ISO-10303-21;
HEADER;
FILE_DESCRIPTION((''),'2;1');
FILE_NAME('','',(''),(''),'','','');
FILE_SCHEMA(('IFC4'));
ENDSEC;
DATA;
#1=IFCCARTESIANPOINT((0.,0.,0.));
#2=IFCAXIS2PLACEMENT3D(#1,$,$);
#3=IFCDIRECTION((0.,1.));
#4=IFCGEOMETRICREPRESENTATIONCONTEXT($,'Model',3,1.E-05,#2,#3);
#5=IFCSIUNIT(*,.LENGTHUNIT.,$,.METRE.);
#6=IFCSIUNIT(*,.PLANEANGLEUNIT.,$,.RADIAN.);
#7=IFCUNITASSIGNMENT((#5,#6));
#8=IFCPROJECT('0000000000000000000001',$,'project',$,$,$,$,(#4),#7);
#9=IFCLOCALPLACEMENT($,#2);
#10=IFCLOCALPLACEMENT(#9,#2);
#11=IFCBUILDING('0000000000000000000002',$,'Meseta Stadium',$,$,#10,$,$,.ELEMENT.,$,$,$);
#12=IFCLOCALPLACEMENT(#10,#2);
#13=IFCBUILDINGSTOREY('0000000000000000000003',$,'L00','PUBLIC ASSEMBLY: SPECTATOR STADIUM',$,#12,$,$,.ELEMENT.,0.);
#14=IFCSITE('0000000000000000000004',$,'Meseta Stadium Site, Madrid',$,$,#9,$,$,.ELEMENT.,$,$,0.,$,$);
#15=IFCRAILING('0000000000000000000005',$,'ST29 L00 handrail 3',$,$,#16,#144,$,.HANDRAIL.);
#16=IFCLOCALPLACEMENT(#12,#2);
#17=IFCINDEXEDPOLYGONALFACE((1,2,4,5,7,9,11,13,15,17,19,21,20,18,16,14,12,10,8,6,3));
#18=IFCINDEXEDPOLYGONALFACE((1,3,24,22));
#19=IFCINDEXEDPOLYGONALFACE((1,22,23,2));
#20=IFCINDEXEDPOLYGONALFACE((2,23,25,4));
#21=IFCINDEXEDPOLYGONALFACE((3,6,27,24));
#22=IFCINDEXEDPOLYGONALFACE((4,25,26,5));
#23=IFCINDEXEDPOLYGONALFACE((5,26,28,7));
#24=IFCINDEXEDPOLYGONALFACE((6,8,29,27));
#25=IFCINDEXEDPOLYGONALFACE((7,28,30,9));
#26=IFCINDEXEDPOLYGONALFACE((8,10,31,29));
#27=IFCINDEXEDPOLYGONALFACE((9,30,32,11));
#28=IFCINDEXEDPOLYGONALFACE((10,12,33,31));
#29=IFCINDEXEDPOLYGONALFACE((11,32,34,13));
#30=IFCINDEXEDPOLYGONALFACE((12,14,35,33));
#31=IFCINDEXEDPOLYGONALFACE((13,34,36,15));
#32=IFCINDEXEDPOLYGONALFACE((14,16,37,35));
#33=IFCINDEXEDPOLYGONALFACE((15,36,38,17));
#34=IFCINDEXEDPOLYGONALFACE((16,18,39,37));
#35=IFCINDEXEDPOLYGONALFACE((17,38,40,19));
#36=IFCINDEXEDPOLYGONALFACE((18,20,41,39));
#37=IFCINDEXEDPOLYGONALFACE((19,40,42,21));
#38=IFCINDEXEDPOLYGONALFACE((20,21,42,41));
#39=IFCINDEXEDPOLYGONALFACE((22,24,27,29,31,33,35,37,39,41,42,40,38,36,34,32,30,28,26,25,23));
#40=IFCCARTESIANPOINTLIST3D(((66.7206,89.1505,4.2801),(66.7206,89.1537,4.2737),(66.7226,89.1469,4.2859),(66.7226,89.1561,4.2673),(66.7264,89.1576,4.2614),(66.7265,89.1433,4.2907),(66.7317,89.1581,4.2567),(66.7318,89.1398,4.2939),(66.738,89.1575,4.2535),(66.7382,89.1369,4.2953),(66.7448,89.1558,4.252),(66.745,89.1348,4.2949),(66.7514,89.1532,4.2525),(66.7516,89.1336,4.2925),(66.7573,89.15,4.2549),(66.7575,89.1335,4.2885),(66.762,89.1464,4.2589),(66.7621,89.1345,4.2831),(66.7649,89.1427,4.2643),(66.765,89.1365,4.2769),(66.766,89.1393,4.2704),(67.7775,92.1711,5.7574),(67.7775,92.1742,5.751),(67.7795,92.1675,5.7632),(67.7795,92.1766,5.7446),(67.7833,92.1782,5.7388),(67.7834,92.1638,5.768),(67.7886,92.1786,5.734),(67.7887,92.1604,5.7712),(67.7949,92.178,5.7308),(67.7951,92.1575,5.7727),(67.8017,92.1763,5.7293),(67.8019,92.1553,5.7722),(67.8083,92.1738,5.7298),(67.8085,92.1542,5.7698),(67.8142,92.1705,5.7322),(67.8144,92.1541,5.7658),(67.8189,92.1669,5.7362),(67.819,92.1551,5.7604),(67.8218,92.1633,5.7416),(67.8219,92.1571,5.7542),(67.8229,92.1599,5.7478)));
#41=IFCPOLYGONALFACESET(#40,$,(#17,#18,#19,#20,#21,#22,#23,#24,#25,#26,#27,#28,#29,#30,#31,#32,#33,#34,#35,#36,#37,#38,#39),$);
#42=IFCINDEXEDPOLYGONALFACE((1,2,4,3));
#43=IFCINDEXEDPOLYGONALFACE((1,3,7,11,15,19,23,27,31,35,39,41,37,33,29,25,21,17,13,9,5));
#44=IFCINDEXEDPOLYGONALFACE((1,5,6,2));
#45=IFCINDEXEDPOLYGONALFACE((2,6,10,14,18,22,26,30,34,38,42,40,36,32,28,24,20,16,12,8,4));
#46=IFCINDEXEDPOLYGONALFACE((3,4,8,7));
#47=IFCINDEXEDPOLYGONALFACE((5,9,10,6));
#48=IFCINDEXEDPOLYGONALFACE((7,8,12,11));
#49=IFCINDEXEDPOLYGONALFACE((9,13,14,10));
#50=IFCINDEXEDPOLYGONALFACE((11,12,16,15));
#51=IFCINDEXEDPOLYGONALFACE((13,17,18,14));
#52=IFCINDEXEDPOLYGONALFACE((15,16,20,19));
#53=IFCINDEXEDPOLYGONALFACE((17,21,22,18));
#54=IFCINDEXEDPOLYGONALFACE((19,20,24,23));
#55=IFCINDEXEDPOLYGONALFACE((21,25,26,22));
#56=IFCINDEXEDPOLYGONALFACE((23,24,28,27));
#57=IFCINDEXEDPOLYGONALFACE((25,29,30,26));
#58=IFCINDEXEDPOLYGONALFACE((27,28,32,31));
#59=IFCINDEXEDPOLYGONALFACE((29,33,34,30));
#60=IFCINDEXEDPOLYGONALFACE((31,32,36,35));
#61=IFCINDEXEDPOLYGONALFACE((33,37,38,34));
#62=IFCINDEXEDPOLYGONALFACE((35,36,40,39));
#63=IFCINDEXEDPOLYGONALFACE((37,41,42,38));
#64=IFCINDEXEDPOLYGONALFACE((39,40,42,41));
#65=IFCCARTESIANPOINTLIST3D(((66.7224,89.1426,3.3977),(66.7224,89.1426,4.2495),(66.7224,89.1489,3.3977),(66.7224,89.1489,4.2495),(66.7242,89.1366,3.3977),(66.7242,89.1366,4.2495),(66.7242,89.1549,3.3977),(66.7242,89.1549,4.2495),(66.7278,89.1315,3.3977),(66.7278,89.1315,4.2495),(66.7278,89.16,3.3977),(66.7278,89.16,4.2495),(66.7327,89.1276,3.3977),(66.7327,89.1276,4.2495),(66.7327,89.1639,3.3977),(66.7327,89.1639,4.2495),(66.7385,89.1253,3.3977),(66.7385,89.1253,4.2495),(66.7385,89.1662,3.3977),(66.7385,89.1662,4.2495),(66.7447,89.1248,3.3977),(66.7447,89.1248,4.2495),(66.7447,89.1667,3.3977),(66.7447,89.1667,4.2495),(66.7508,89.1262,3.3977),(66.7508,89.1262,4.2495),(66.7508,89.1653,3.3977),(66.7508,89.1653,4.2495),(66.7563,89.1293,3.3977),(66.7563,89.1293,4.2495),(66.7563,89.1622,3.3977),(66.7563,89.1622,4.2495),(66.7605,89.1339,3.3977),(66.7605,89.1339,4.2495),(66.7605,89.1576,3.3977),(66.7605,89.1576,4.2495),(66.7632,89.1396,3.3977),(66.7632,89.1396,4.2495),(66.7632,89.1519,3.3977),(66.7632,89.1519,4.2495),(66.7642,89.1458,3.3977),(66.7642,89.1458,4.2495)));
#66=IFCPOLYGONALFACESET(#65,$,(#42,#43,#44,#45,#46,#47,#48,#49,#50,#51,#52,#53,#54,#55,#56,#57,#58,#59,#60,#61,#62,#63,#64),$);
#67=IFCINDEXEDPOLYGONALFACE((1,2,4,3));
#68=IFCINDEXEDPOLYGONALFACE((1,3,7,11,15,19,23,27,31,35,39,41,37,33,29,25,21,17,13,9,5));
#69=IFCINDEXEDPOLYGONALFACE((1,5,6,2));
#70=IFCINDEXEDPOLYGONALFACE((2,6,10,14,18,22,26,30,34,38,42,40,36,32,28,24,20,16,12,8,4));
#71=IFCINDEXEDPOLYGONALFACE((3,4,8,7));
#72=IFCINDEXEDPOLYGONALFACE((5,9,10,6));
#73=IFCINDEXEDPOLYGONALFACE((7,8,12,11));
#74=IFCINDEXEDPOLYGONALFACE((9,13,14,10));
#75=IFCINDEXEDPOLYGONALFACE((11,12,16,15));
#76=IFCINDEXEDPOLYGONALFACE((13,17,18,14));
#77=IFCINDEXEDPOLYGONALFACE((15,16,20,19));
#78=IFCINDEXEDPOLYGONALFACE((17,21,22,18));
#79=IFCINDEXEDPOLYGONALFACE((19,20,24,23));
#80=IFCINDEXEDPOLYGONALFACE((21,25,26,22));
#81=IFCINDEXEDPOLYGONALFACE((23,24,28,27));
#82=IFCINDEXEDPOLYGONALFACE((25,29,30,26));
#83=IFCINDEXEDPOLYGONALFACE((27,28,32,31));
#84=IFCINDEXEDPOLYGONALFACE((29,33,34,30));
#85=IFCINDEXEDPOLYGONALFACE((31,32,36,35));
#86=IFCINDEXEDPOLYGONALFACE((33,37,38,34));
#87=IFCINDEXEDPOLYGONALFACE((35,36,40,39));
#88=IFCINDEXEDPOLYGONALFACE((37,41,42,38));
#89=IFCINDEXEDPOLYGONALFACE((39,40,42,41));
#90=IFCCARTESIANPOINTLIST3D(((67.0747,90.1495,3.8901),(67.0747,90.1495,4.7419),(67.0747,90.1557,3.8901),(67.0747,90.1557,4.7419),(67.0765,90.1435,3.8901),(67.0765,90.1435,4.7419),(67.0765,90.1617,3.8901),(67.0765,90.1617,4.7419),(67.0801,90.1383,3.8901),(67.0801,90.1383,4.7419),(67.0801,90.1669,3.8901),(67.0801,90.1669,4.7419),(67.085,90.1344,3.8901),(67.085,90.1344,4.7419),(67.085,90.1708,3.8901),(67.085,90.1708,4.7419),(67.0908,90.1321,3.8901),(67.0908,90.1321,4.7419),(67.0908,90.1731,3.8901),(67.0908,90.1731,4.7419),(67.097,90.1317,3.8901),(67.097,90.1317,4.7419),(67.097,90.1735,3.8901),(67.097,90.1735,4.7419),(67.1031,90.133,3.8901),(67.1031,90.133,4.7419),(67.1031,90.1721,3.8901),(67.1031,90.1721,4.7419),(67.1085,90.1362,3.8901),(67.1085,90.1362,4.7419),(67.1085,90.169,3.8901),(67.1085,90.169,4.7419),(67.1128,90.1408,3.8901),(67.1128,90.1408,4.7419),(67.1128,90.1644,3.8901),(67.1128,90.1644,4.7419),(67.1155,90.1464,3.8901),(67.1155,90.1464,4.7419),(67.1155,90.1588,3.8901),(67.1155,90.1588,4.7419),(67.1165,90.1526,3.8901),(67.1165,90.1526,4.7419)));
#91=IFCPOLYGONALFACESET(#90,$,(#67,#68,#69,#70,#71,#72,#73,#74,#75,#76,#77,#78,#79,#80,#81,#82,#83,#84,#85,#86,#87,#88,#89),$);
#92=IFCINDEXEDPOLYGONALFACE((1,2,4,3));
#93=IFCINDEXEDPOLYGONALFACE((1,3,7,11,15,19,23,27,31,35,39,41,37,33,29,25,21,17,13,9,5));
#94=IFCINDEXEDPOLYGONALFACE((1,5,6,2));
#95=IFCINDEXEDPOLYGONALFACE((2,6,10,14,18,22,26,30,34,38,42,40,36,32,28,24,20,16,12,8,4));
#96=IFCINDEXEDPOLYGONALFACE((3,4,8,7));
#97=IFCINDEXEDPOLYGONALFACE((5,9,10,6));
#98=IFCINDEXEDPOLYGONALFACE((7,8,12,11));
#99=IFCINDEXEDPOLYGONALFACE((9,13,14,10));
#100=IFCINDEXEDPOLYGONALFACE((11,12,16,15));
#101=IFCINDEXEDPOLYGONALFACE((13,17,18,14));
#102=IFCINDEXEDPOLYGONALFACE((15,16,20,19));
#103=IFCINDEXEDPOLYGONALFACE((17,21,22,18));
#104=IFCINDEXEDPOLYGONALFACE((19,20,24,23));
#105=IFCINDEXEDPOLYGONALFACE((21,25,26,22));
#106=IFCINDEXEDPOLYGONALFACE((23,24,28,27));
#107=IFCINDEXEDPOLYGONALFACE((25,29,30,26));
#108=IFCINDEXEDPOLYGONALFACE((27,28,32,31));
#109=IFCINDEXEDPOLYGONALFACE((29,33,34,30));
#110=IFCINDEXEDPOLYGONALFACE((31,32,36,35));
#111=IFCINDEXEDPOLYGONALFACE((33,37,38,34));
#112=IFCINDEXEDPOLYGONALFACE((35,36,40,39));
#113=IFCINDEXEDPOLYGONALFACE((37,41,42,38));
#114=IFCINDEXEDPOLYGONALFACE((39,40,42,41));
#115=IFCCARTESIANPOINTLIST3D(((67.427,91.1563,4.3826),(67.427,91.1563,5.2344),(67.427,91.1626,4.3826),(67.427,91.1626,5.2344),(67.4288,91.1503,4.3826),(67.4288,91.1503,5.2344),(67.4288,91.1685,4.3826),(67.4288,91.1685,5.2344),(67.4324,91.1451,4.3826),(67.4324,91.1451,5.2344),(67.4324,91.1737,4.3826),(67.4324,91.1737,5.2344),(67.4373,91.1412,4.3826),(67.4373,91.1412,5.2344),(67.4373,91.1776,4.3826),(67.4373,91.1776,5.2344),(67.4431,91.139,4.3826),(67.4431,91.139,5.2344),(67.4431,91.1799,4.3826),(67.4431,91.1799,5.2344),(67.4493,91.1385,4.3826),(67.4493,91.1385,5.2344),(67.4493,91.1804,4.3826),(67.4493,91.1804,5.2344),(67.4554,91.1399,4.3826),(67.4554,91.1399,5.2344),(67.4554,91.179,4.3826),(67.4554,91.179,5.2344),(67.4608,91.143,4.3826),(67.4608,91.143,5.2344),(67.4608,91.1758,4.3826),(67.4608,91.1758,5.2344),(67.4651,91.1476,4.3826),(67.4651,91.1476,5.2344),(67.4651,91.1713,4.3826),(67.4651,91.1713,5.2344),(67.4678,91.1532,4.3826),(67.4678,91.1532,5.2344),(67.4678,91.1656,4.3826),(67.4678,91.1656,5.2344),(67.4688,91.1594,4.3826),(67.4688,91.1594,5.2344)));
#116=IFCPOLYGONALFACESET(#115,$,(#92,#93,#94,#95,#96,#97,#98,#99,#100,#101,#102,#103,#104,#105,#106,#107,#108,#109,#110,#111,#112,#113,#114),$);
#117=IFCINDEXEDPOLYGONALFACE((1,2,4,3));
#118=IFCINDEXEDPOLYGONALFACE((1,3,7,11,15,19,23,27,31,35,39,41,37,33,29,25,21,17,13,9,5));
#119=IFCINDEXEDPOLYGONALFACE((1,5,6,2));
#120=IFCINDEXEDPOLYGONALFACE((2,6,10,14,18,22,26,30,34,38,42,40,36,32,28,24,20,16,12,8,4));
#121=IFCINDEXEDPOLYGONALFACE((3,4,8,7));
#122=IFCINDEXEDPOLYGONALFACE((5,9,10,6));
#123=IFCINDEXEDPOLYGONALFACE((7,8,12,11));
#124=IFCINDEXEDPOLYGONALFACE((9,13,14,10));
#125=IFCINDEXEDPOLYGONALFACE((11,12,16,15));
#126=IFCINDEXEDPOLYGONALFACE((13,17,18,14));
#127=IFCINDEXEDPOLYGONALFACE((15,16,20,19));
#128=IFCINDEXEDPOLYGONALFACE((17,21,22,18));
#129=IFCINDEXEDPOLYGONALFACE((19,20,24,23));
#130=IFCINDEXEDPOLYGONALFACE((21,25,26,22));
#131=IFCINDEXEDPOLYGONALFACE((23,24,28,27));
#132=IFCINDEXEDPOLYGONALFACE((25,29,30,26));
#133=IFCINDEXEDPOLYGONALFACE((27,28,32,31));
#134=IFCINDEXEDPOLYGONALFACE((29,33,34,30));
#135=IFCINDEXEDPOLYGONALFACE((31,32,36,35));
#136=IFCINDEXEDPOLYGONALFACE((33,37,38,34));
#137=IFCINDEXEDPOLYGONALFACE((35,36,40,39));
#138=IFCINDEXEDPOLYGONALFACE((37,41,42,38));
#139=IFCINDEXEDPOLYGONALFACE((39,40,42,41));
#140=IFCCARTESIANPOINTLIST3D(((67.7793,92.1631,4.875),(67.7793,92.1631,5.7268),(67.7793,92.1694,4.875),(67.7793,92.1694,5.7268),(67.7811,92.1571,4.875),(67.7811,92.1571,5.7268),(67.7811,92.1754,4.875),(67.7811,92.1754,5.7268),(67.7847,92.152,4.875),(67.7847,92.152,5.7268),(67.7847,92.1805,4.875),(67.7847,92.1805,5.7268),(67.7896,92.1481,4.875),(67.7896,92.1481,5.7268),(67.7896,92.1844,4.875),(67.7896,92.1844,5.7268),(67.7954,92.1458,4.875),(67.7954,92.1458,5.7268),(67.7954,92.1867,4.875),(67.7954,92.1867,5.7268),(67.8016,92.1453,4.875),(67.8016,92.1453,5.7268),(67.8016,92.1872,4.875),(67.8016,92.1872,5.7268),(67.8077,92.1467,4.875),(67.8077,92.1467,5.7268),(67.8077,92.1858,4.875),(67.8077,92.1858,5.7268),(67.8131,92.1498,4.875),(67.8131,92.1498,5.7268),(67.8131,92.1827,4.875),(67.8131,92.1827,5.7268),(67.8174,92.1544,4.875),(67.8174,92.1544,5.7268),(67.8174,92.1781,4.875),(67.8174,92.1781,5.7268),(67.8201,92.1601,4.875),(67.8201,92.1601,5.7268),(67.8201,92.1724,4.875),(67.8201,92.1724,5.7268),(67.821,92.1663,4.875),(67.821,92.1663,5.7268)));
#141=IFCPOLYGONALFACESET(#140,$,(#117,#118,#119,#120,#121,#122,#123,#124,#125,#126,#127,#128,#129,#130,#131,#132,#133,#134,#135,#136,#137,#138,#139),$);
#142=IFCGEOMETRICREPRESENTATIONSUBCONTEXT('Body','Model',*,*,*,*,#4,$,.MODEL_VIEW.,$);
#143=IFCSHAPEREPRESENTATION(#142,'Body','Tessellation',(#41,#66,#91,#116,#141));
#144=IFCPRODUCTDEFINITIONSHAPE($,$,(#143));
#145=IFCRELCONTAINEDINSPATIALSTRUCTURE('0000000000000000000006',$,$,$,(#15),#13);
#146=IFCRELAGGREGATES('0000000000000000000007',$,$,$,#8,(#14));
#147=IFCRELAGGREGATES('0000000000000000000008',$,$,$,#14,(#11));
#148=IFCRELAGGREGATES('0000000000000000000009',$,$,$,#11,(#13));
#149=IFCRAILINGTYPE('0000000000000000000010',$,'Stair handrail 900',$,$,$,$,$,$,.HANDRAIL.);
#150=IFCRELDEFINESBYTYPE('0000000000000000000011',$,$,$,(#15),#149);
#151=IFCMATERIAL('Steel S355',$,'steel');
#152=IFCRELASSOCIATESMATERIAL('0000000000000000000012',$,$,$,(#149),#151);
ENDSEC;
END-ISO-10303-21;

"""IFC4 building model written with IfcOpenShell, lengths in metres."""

from ifc_helpers import new_model, si_unit, direction, frame, origin, origin_2d, place, context, subcontext, project, spatial, circle, extrude, material, type_object, element, save


model = new_model("IFC4")

# Units and contexts
model_context = context("Model", 3, precision=1e-05, world=origin(), true_north=direction((0.0, 1.0)))
body_context = subcontext(model_context, "Body", "Model", "MODEL_VIEW")
ifc_project = project(units=[si_unit("LENGTHUNIT", "METRE"), si_unit("PLANEANGLEUNIT", "RADIAN")], contexts=[model_context])

# Site, building, storey
site_placement = place(None, origin())
site = spatial("IfcSite", under=ifc_project, at=site_placement, Name="Meseta Stadium Site, Madrid", CompositionType="ELEMENT", RefElevation=0.0)
building_placement = place(site_placement, origin())
building = spatial("IfcBuilding", under=site, at=building_placement, Name="Meseta Stadium", CompositionType="ELEMENT")
storey_placement = place(building_placement, origin())
storey = spatial("IfcBuildingStorey", under=building, at=storey_placement, Name="L00", Description="PUBLIC ASSEMBLY: SPECTATOR STADIUM", CompositionType="ELEMENT", Elevation=0.0)

# Railing
ifc_material_1 = material(Name="Steel S355", Category="steel")
railing_type_1 = type_object("IfcRailingType", Name="Stair handrail 900", PredefinedType="HANDRAIL", material=ifc_material_1)
for number, where, name in (
    (1, (66.7432, 89.1458, 3.3977), "ST29 L00 handrail 3"),
):
    element("IfcRailing", number, at=place(storey_placement, frame(where)), inside=storey, type_object=railing_type_1, Name=name, PredefinedType="HANDRAIL", context=body_context, shape_type="SweptSolid", body=[
        extrude(circle(Radius=0.0239, at=origin_2d()), frame((0.0, 0.0, 0.876), z_axis=(0.299859, 0.856977, 0.419137), x_axis=(-0.943887, 0.330269, 0.0)), (0.0, 0.0, 1.0), 3.5247),
        extrude(circle(Radius=0.021, at=origin_2d()), origin(), (0.0, 0.0, 1.0), 0.8518),
        extrude(circle(Radius=0.021, at=origin_2d()), frame((0.3523, 1.0068, 0.4924)), (0.0, 0.0, 1.0), 0.8518),
        extrude(circle(Radius=0.021, at=origin_2d()), frame((0.7046, 2.0137, 0.9849)), (0.0, 0.0, 1.0), 0.8518),
        extrude(circle(Radius=0.021, at=origin_2d()), frame((1.0569, 3.0205, 1.4773)), (0.0, 0.0, 1.0), 0.8518),
    ])

save(model, "model.ifc")
